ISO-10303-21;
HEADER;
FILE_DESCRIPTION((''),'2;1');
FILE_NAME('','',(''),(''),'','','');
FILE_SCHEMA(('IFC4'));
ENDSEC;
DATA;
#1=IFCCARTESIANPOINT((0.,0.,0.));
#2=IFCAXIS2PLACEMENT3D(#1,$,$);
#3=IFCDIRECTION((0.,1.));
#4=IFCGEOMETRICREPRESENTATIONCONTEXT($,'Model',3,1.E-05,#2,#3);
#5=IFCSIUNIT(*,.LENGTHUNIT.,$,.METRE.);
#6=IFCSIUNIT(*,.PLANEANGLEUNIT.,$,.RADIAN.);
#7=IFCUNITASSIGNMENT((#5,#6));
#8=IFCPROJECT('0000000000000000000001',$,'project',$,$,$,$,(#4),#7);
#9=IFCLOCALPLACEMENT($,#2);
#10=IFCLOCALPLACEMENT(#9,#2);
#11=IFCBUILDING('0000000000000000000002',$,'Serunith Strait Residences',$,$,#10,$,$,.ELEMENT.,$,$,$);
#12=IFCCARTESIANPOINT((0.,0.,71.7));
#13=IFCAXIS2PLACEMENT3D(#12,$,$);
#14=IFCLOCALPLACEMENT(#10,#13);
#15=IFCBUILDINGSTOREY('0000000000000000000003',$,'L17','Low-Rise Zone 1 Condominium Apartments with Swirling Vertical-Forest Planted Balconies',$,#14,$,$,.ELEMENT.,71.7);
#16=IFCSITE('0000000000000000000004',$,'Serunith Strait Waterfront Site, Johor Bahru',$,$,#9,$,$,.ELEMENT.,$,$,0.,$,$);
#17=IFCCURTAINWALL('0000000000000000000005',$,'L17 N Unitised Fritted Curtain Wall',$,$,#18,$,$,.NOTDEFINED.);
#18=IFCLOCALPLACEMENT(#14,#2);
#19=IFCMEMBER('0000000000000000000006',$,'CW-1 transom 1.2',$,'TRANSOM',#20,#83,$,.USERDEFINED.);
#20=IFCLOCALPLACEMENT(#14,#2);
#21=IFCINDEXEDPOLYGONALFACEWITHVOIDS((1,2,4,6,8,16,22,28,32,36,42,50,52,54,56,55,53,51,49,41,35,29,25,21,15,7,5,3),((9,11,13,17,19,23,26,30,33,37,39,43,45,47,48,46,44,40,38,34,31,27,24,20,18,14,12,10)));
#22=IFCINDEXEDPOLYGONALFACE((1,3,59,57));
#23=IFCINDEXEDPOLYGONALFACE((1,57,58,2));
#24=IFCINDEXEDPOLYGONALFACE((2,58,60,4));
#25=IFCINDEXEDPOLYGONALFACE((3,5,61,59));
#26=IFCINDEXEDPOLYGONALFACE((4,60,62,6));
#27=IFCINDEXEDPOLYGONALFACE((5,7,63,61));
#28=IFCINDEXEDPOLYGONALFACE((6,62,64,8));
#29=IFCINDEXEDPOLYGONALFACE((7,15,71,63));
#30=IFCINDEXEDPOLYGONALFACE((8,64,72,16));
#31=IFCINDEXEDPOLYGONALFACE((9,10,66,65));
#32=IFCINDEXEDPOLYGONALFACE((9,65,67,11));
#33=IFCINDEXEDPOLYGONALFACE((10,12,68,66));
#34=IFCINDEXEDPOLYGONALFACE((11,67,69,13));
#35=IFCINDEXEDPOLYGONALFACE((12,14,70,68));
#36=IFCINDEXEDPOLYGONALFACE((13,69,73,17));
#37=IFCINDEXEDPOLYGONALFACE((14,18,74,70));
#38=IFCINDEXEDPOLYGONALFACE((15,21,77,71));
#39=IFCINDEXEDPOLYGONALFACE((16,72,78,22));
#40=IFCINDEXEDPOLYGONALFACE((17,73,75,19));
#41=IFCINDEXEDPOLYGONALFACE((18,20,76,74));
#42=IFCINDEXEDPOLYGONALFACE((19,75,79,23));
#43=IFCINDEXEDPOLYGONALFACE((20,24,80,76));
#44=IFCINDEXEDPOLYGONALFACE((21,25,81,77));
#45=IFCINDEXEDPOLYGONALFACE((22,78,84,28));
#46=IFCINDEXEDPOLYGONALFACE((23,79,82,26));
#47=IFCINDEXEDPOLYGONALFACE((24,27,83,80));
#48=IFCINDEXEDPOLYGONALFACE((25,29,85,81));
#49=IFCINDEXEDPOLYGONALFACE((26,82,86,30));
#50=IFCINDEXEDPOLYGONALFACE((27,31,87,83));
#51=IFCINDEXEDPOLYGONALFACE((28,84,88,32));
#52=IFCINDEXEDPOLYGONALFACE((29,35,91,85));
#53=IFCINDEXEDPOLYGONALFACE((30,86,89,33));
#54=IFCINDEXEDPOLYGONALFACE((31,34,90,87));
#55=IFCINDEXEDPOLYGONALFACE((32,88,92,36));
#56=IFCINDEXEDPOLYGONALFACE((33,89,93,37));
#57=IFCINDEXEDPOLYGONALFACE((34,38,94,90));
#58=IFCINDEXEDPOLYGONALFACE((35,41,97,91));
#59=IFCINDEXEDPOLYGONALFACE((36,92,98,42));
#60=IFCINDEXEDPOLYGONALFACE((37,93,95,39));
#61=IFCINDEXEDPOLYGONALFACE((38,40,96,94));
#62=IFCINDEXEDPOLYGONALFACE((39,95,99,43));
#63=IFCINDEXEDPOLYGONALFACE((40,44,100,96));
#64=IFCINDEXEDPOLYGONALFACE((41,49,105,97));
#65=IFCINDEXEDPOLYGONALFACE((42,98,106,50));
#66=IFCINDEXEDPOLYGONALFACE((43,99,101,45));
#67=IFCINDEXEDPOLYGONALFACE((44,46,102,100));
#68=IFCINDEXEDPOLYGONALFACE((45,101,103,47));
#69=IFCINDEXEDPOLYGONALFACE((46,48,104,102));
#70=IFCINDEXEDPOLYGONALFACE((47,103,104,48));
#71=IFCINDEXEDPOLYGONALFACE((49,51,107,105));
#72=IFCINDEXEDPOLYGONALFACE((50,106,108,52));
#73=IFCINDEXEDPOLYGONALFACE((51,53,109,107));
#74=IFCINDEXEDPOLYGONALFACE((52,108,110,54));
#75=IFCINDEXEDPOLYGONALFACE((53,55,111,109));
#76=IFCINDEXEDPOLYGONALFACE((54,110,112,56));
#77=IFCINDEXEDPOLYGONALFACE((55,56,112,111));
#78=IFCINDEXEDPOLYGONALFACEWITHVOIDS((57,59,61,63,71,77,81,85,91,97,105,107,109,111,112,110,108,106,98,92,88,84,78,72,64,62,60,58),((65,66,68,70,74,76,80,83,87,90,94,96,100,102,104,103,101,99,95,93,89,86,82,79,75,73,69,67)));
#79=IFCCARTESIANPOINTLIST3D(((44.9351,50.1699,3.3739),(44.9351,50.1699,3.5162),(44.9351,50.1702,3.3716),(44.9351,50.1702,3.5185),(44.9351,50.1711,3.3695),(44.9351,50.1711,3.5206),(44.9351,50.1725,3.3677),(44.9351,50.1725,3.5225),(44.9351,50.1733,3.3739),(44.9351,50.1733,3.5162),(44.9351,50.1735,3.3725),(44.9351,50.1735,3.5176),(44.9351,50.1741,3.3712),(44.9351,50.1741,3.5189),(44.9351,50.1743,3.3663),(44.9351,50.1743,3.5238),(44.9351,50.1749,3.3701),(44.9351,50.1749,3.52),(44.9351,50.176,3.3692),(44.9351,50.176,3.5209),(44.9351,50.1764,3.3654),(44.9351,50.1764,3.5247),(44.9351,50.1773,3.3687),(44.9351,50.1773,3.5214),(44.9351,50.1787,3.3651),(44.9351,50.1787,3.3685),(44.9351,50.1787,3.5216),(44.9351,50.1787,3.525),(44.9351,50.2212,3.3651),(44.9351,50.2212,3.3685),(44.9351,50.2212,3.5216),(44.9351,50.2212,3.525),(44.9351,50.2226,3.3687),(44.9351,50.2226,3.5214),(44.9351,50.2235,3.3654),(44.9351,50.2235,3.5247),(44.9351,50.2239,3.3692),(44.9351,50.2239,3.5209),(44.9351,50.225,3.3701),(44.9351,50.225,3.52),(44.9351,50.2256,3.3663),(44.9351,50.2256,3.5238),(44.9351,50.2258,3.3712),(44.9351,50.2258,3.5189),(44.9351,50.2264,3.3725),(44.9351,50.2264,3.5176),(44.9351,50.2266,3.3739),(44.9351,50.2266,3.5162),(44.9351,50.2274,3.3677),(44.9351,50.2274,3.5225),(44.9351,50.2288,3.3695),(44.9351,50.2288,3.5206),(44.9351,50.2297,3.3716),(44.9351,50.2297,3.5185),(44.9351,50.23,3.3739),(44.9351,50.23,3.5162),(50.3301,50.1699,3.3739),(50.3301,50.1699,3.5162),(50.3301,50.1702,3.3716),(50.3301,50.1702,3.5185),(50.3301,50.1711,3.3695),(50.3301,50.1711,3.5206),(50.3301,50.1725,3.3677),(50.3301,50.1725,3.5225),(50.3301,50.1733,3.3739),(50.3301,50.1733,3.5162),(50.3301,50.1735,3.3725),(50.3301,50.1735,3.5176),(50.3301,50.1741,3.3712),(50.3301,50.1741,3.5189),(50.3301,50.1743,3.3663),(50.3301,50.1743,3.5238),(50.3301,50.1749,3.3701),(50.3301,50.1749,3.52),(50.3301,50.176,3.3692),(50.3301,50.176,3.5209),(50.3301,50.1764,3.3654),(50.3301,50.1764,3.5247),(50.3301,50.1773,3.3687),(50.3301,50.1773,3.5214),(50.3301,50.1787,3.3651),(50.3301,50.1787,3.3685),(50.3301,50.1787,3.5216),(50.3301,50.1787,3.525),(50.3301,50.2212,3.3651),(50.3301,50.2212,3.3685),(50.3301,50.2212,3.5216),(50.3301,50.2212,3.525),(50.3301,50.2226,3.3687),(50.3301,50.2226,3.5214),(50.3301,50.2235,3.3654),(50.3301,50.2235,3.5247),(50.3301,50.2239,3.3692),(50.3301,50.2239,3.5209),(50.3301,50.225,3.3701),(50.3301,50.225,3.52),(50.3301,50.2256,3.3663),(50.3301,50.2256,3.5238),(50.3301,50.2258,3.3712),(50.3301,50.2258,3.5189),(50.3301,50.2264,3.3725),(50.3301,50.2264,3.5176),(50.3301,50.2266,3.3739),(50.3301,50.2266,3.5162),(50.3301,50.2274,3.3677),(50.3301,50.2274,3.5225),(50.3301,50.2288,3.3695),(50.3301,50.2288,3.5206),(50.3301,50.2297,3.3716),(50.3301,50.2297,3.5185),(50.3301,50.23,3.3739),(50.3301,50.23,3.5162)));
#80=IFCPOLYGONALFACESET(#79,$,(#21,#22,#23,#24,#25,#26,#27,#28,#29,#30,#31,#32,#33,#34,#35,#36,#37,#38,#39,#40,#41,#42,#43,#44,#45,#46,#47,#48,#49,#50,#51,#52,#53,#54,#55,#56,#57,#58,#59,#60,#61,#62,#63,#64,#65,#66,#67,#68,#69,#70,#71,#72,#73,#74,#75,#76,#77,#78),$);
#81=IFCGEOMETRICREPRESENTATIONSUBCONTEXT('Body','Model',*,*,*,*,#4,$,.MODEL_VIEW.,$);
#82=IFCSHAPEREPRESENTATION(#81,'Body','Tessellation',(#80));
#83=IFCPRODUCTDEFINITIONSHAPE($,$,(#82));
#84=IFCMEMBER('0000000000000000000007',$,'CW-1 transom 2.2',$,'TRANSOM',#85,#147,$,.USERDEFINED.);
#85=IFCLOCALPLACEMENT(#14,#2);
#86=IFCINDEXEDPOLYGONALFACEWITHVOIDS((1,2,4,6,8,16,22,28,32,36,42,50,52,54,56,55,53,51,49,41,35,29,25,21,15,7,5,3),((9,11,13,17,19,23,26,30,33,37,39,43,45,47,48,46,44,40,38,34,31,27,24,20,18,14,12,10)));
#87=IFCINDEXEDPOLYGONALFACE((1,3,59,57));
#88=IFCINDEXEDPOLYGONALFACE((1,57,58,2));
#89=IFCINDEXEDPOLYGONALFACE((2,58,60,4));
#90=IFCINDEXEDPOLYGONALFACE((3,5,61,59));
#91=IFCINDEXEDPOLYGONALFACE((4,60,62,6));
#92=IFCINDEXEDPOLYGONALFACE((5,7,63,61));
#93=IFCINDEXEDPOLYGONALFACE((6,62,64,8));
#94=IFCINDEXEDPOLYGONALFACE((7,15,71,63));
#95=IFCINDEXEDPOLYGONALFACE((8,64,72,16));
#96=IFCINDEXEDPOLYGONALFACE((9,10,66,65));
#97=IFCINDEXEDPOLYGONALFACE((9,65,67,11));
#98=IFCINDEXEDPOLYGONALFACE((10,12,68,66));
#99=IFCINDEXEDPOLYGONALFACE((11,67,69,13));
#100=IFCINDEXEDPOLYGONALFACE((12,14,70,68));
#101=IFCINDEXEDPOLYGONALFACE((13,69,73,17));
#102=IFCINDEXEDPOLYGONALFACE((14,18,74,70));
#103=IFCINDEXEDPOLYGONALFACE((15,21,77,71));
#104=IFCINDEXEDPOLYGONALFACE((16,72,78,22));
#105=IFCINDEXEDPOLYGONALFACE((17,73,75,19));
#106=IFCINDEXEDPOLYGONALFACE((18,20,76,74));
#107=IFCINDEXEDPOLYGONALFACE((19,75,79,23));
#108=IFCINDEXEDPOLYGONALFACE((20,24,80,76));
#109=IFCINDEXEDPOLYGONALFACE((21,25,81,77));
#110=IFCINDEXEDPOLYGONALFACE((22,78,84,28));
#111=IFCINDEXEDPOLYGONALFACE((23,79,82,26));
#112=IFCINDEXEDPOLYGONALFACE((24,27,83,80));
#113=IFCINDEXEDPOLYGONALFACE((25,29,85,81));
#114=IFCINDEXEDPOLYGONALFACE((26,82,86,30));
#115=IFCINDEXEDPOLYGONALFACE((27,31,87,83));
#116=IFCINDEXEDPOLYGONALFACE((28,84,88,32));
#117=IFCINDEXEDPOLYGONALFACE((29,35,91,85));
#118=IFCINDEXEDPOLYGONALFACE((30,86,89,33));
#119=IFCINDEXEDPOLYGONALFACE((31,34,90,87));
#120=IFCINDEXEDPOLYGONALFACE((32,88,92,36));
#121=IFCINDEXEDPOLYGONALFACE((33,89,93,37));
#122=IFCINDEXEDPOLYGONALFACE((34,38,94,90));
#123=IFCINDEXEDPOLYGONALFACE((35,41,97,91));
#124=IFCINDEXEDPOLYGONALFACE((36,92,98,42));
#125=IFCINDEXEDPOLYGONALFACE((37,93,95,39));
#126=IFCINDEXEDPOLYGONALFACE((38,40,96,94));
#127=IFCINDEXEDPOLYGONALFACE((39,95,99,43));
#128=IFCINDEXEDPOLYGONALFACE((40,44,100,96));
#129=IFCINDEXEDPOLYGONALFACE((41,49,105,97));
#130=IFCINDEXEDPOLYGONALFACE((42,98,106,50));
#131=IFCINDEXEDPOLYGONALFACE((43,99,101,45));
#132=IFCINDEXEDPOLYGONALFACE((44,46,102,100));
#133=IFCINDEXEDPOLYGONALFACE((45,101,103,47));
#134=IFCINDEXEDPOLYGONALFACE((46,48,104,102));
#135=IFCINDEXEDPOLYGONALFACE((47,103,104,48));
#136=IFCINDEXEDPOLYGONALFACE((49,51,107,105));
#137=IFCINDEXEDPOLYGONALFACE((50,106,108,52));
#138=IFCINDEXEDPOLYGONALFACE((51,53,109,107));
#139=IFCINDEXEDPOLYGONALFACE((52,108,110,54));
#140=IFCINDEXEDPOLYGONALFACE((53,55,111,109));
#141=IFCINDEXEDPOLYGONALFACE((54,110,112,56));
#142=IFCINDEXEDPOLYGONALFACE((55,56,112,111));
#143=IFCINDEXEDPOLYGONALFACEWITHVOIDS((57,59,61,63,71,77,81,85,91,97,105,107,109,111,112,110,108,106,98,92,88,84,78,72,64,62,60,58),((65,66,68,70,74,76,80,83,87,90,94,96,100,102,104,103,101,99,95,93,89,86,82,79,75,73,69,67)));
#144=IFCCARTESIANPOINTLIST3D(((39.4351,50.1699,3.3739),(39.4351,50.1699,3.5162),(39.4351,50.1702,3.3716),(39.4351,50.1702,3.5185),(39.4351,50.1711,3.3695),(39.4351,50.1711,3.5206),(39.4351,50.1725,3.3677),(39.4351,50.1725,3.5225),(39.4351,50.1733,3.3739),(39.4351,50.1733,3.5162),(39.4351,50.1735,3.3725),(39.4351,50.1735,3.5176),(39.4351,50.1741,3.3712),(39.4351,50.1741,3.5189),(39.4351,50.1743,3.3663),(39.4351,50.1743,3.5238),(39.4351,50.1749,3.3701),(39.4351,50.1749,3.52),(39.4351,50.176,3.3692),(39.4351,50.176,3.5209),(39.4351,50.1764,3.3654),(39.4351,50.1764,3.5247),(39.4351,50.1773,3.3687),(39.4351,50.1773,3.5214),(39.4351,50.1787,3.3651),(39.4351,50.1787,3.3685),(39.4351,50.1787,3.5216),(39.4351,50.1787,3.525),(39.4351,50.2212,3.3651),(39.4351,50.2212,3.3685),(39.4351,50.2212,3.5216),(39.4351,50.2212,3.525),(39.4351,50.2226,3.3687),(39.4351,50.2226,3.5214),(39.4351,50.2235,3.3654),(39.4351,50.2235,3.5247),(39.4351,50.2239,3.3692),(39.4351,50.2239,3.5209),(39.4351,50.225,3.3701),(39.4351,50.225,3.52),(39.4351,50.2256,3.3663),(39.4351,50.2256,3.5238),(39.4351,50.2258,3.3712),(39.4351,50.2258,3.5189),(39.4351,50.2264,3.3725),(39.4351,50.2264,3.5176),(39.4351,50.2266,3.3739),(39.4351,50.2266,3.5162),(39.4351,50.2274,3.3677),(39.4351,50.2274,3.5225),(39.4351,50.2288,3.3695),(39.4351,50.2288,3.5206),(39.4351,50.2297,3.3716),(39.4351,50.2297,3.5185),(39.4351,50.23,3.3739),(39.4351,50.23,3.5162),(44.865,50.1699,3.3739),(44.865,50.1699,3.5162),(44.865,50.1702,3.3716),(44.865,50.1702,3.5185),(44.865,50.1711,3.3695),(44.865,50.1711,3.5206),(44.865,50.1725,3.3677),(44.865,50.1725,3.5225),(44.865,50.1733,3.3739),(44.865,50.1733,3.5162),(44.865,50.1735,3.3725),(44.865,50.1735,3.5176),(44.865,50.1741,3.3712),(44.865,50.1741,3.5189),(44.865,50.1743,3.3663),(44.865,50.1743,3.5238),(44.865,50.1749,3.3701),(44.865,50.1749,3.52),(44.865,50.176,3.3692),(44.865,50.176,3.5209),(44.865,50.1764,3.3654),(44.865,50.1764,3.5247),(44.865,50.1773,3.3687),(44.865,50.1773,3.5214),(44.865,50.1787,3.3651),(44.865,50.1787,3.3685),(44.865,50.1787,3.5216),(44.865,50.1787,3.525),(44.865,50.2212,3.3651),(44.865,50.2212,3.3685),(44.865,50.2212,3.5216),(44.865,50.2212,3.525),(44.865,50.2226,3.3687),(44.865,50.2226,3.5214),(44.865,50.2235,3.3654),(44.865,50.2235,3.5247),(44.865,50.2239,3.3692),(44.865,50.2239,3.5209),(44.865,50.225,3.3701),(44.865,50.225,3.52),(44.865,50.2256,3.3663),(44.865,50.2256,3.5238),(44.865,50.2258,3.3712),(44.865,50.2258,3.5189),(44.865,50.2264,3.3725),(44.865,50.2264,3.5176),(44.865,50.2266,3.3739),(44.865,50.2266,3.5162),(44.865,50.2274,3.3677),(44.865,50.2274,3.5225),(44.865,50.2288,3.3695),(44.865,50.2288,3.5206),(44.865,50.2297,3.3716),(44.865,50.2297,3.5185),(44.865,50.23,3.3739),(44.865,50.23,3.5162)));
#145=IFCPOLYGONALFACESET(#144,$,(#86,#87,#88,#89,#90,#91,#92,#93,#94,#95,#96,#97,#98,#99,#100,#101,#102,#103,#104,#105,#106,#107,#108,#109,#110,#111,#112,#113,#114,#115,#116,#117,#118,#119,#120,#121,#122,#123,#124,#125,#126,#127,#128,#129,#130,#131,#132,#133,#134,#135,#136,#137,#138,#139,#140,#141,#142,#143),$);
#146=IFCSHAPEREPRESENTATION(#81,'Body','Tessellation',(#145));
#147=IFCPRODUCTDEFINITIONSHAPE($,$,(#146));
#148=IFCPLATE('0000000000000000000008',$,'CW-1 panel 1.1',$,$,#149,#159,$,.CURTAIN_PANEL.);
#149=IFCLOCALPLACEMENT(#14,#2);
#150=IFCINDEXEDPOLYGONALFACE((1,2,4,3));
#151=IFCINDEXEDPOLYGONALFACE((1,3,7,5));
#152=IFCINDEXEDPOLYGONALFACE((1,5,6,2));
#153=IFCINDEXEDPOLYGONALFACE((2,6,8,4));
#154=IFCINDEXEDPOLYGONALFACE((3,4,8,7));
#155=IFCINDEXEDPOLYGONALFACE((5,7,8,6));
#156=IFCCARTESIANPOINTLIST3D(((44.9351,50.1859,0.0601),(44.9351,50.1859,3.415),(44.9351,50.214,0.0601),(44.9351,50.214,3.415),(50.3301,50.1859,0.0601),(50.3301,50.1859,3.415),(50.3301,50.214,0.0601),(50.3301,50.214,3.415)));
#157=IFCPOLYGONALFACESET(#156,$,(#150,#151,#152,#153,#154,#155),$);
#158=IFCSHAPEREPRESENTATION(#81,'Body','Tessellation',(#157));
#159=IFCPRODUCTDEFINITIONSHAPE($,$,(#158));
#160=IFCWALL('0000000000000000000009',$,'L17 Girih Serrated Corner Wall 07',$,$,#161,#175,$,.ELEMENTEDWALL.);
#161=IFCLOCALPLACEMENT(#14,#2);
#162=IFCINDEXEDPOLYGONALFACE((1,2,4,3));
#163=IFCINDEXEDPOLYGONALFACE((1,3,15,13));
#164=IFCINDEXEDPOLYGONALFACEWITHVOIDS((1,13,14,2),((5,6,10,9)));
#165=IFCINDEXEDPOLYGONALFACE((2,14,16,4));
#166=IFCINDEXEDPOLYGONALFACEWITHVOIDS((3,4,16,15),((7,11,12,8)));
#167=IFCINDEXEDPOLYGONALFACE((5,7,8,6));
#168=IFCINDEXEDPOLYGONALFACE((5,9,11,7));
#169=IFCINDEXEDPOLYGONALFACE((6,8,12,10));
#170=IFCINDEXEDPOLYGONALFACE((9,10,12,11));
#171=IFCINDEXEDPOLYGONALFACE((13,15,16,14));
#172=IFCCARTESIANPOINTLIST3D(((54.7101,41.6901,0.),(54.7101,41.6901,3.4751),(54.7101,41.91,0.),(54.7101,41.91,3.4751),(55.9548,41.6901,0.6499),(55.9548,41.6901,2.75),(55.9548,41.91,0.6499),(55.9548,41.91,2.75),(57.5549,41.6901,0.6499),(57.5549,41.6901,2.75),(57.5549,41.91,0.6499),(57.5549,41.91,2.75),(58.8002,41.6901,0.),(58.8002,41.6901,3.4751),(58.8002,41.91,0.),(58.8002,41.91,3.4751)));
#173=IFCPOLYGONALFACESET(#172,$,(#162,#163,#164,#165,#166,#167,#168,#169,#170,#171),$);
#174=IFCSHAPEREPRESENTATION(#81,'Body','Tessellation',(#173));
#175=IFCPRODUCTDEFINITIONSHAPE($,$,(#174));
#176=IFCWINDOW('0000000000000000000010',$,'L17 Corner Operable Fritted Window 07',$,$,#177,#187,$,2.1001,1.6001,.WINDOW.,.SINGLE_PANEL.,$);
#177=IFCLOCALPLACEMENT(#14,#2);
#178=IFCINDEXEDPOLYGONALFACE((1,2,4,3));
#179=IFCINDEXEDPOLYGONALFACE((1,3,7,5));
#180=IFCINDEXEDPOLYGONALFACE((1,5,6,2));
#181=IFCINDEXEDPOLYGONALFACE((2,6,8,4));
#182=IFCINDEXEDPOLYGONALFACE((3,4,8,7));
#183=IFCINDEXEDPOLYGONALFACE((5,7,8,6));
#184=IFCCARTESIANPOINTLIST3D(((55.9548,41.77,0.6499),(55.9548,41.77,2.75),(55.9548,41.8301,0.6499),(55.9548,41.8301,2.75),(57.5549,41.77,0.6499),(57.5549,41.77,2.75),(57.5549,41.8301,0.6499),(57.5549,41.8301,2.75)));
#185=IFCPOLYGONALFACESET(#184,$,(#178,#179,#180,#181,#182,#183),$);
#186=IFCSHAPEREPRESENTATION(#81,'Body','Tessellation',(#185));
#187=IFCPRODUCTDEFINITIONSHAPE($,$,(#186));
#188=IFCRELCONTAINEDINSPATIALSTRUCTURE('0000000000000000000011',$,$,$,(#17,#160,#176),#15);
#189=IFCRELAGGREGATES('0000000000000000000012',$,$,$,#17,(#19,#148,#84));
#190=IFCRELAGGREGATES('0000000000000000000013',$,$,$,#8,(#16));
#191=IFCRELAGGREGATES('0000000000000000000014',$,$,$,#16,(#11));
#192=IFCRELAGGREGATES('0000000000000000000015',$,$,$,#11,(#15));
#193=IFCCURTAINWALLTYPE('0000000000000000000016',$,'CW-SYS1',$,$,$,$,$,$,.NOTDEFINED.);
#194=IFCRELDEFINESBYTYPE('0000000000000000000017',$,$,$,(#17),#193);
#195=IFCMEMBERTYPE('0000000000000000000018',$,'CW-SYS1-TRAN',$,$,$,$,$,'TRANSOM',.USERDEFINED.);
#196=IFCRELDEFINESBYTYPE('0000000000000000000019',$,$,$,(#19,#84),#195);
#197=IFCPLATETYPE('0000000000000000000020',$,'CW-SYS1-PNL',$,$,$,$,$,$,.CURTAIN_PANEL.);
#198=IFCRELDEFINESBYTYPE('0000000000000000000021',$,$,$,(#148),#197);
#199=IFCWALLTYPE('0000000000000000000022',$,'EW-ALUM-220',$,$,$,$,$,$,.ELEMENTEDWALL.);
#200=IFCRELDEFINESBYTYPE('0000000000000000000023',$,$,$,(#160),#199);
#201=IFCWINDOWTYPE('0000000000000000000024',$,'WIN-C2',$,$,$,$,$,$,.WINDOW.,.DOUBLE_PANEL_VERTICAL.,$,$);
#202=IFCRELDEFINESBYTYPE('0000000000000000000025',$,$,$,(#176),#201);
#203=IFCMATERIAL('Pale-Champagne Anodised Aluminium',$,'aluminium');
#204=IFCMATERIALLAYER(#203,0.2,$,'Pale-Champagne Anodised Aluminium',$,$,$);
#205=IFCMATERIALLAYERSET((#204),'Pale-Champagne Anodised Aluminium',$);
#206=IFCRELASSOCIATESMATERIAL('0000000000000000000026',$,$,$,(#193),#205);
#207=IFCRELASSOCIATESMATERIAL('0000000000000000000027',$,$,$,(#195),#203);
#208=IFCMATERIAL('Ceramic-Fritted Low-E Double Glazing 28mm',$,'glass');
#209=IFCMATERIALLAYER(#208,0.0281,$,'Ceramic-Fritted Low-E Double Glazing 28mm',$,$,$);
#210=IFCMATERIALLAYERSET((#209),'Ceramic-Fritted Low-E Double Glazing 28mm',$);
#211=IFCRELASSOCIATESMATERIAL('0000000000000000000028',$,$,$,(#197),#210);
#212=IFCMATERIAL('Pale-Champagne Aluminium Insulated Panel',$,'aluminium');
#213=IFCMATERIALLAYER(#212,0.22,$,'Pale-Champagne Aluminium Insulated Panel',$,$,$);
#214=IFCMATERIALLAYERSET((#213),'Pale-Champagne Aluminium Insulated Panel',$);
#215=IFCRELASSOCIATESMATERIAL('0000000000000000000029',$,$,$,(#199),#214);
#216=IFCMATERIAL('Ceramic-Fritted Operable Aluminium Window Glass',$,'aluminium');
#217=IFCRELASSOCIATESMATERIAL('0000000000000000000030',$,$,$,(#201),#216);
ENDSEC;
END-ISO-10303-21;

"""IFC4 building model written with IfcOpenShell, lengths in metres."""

from ifc_helpers import new_model, si_unit, direction, frame, frame_2d, origin, origin_2d, place, context, subcontext, project, spatial, rectangle, hollow_rectangle, extrude, source, transform, mapped, material, layer, layer_set, material_profile, profile_set, type_object, element, fill, aggregate, save


model = new_model("IFC4")

# Units and contexts
model_context = context("Model", 3, precision=1e-05, world=origin(), true_north=direction((0.0, 1.0)))
body_context = subcontext(model_context, "Body", "Model", "MODEL_VIEW")
ifc_project = project(units=[si_unit("LENGTHUNIT", "METRE"), si_unit("PLANEANGLEUNIT", "RADIAN")], contexts=[model_context])

# Site, building, storey
site_placement = place(None, origin())
site = spatial("IfcSite", under=ifc_project, at=site_placement, Name="Serunith Strait Waterfront Site, Johor Bahru", CompositionType="ELEMENT", RefElevation=0.0)
building_placement = place(site_placement, origin())
building = spatial("IfcBuilding", under=site, at=building_placement, Name="Serunith Strait Residences", CompositionType="ELEMENT")
storey_placement = place(building_placement, frame((0.0, 0.0, 71.7)))
storey = spatial("IfcBuildingStorey", under=building, at=storey_placement, Name="L17", Description="Low-Rise Zone 1 Condominium Apartments with Swirling Vertical-Forest Planted Balconies", CompositionType="ELEMENT", Elevation=71.7)

# Shared definitions
ifc_material_1 = material(Name="Pale-Champagne Anodised Aluminium", Category="aluminium")
ifc_layer_1 = layer(ifc_material_1, 0.2, Name="Pale-Champagne Anodised Aluminium")
ifc_layer_set_1 = layer_set([ifc_layer_1], Name="Pale-Champagne Anodised Aluminium")
curtain_wall_type = type_object("IfcCurtainWallType", Name="CW-SYS1", PredefinedType="NOTDEFINED", material=ifc_layer_set_1)

# Curtain wall, members, plate
curtain_wall_1_placement = place(storey_placement, origin())
curtain_wall_1 = element("IfcCurtainWall", 1, at=curtain_wall_1_placement, inside=storey, type_object=curtain_wall_type, Name="L17 N Unitised Fritted Curtain Wall", PredefinedType="NOTDEFINED")
ifc_material_profile_1 = material_profile(ifc_material_1, hollow_rectangle(XDim=0.0601, YDim=0.1599, WallThickness=0.0034, InnerFilletRadius=0.0054, OuterFilletRadius=0.0088, at=origin_2d()), Name="ALU 160x60x3.5")
ifc_profile_set_1 = profile_set([ifc_material_profile_1], Name="Pale-Champagne Anodised Aluminium")
member_type_1 = type_object("IfcMemberType", Name="CW-SYS1-TRAN", ElementType="TRANSOM", PredefinedType="USERDEFINED", material=ifc_profile_set_1)
shared_shape_1 = source(origin(), body_context, "Body", "SweptSolid", [
    extrude(hollow_rectangle(XDim=0.0601, YDim=0.1599, WallThickness=0.0034, InnerFilletRadius=0.0054, OuterFilletRadius=0.0088, at=origin_2d()), origin(), (0.0, 0.0, 1.0), 5.395),
])
member_1_placement = place(storey_placement, frame((50.3301, 50.2, 3.4451), z_axis=(-1.0, 0.0, 0.0), x_axis=(0.0, -1.0, 0.0)))
member_1 = element("IfcMember", 2, at=member_1_placement, type_object=member_type_1, Name="CW-1 transom 1.2", ObjectType="TRANSOM", PredefinedType="USERDEFINED", context=body_context, shape_type="MappedRepresentation", body=[
    mapped(shared_shape_1, transform((0.0, 0.0, 0.0), scale=1.0)),
])
shared_shape_2 = source(origin(), body_context, "Body", "SweptSolid", [
    extrude(hollow_rectangle(XDim=0.0601, YDim=0.1599, WallThickness=0.0034, InnerFilletRadius=0.0054, OuterFilletRadius=0.0088, at=origin_2d()), origin(), (0.0, 0.0, 1.0), 5.4299),
])
member_2_placement = place(storey_placement, frame((44.865, 50.2, 3.4451), z_axis=(-1.0, 0.0, 0.0), x_axis=(0.0, -1.0, 0.0)))
member_2 = element("IfcMember", 3, at=member_2_placement, type_object=member_type_1, Name="CW-1 transom 2.2", ObjectType="TRANSOM", PredefinedType="USERDEFINED", context=body_context, shape_type="MappedRepresentation", body=[
    mapped(shared_shape_2, transform((0.0, 0.0, 0.0), scale=1.0)),
])
ifc_material_2 = material(Name="Ceramic-Fritted Low-E Double Glazing 28mm", Category="glass")
ifc_layer_2 = layer(ifc_material_2, 0.0281, Name="Ceramic-Fritted Low-E Double Glazing 28mm")
ifc_layer_set_2 = layer_set([ifc_layer_2], Name="Ceramic-Fritted Low-E Double Glazing 28mm")
plate_type = type_object("IfcPlateType", Name="CW-SYS1-PNL", PredefinedType="CURTAIN_PANEL", material=ifc_layer_set_2)
shared_shape_3 = source(origin(), body_context, "Body", "SweptSolid", [
    extrude(rectangle(XDim=5.395, YDim=0.0281, at=origin_2d()), origin(), (0.0, 0.0, 1.0), 3.355),
])
plate_placement = place(storey_placement, frame((47.6326, 50.2, 0.0601), z_axis=(0.0, 0.0, 1.0), x_axis=(-1.0, 0.0, 0.0)))
plate = element("IfcPlate", 4, at=plate_placement, type_object=plate_type, Name="CW-1 panel 1.1", PredefinedType="CURTAIN_PANEL", context=body_context, shape_type="MappedRepresentation", body=[
    mapped(shared_shape_3, transform((0.0, 0.0, 0.0), scale=1.0)),
])
aggregate(curtain_wall_1, [member_1, plate, member_2])

# Wall, opening, window
ifc_material_3 = material(Name="Pale-Champagne Aluminium Insulated Panel", Category="aluminium")
ifc_layer_3 = layer(ifc_material_3, 0.22, Name="Pale-Champagne Aluminium Insulated Panel")
ifc_layer_set_3 = layer_set([ifc_layer_3], Name="Pale-Champagne Aluminium Insulated Panel")
wall_type_1 = type_object("IfcWallType", Name="EW-ALUM-220", PredefinedType="ELEMENTEDWALL", material=ifc_layer_set_3)
wall_1_placement = place(storey_placement, frame((58.8, 41.8, 0.0), z_axis=(0.0, 0.0, 1.0), x_axis=(-1.0, 0.0, 0.0)))
wall_1 = element("IfcWall", 5, at=wall_1_placement, inside=storey, type_object=wall_type_1, Name="L17 Girih Serrated Corner Wall 07", PredefinedType="ELEMENTEDWALL", context=body_context, shape_type="SweptSolid", body=[
    extrude(rectangle(XDim=4.0901, YDim=0.22, at=frame_2d((2.0449, 0.0))), origin(), (0.0, 0.0, 1.0), 3.4751),
])
opening_1_placement = place(wall_1_placement, frame((1.2451, 0.0, 0.6499)))
opening_1 = element("IfcOpeningElement", 6, at=opening_1_placement, cuts=wall_1, PredefinedType="OPENING", context=body_context, shape_type="SweptSolid", body=[
    extrude(rectangle(XDim=1.6001, YDim=2.1001, at=frame_2d((0.8, 1.05))), frame((0.0, 0.1201, 0.0), z_axis=(0.0, -1.0, 0.0), x_axis=(1.0, 0.0, 0.0)), (0.0, 0.0, 1.0), 0.24),
])
ifc_material_4 = material(Name="Ceramic-Fritted Operable Aluminium Window Glass", Category="aluminium")
window_type = type_object("IfcWindowType", Name="WIN-C2", PartitioningType="DOUBLE_PANEL_VERTICAL", PredefinedType="WINDOW", material=ifc_material_4)
shared_shape_4 = source(origin(), body_context, "Body", "SweptSolid", [
    extrude(rectangle(XDim=1.6001, YDim=2.1001, at=frame_2d((0.8, 1.05))), frame((0.0, 0.03, 0.0), z_axis=(0.0, -1.0, 0.0), x_axis=(1.0, 0.0, 0.0)), (0.0, 0.0, 1.0), 0.0601),
])
window_1_placement = place(opening_1_placement, origin())
window_1 = element("IfcWindow", 7, at=window_1_placement, inside=storey, type_object=window_type, Name="L17 Corner Operable Fritted Window 07", OverallHeight=2.1001, OverallWidth=1.6001, PartitioningType="SINGLE_PANEL", PredefinedType="WINDOW", context=body_context, shape_type="MappedRepresentation", body=[
    mapped(shared_shape_4, transform((0.0, 0.0, 0.0), scale=1.0)),
])
fill(opening_1, window_1)

save(model, "model.ifc")
